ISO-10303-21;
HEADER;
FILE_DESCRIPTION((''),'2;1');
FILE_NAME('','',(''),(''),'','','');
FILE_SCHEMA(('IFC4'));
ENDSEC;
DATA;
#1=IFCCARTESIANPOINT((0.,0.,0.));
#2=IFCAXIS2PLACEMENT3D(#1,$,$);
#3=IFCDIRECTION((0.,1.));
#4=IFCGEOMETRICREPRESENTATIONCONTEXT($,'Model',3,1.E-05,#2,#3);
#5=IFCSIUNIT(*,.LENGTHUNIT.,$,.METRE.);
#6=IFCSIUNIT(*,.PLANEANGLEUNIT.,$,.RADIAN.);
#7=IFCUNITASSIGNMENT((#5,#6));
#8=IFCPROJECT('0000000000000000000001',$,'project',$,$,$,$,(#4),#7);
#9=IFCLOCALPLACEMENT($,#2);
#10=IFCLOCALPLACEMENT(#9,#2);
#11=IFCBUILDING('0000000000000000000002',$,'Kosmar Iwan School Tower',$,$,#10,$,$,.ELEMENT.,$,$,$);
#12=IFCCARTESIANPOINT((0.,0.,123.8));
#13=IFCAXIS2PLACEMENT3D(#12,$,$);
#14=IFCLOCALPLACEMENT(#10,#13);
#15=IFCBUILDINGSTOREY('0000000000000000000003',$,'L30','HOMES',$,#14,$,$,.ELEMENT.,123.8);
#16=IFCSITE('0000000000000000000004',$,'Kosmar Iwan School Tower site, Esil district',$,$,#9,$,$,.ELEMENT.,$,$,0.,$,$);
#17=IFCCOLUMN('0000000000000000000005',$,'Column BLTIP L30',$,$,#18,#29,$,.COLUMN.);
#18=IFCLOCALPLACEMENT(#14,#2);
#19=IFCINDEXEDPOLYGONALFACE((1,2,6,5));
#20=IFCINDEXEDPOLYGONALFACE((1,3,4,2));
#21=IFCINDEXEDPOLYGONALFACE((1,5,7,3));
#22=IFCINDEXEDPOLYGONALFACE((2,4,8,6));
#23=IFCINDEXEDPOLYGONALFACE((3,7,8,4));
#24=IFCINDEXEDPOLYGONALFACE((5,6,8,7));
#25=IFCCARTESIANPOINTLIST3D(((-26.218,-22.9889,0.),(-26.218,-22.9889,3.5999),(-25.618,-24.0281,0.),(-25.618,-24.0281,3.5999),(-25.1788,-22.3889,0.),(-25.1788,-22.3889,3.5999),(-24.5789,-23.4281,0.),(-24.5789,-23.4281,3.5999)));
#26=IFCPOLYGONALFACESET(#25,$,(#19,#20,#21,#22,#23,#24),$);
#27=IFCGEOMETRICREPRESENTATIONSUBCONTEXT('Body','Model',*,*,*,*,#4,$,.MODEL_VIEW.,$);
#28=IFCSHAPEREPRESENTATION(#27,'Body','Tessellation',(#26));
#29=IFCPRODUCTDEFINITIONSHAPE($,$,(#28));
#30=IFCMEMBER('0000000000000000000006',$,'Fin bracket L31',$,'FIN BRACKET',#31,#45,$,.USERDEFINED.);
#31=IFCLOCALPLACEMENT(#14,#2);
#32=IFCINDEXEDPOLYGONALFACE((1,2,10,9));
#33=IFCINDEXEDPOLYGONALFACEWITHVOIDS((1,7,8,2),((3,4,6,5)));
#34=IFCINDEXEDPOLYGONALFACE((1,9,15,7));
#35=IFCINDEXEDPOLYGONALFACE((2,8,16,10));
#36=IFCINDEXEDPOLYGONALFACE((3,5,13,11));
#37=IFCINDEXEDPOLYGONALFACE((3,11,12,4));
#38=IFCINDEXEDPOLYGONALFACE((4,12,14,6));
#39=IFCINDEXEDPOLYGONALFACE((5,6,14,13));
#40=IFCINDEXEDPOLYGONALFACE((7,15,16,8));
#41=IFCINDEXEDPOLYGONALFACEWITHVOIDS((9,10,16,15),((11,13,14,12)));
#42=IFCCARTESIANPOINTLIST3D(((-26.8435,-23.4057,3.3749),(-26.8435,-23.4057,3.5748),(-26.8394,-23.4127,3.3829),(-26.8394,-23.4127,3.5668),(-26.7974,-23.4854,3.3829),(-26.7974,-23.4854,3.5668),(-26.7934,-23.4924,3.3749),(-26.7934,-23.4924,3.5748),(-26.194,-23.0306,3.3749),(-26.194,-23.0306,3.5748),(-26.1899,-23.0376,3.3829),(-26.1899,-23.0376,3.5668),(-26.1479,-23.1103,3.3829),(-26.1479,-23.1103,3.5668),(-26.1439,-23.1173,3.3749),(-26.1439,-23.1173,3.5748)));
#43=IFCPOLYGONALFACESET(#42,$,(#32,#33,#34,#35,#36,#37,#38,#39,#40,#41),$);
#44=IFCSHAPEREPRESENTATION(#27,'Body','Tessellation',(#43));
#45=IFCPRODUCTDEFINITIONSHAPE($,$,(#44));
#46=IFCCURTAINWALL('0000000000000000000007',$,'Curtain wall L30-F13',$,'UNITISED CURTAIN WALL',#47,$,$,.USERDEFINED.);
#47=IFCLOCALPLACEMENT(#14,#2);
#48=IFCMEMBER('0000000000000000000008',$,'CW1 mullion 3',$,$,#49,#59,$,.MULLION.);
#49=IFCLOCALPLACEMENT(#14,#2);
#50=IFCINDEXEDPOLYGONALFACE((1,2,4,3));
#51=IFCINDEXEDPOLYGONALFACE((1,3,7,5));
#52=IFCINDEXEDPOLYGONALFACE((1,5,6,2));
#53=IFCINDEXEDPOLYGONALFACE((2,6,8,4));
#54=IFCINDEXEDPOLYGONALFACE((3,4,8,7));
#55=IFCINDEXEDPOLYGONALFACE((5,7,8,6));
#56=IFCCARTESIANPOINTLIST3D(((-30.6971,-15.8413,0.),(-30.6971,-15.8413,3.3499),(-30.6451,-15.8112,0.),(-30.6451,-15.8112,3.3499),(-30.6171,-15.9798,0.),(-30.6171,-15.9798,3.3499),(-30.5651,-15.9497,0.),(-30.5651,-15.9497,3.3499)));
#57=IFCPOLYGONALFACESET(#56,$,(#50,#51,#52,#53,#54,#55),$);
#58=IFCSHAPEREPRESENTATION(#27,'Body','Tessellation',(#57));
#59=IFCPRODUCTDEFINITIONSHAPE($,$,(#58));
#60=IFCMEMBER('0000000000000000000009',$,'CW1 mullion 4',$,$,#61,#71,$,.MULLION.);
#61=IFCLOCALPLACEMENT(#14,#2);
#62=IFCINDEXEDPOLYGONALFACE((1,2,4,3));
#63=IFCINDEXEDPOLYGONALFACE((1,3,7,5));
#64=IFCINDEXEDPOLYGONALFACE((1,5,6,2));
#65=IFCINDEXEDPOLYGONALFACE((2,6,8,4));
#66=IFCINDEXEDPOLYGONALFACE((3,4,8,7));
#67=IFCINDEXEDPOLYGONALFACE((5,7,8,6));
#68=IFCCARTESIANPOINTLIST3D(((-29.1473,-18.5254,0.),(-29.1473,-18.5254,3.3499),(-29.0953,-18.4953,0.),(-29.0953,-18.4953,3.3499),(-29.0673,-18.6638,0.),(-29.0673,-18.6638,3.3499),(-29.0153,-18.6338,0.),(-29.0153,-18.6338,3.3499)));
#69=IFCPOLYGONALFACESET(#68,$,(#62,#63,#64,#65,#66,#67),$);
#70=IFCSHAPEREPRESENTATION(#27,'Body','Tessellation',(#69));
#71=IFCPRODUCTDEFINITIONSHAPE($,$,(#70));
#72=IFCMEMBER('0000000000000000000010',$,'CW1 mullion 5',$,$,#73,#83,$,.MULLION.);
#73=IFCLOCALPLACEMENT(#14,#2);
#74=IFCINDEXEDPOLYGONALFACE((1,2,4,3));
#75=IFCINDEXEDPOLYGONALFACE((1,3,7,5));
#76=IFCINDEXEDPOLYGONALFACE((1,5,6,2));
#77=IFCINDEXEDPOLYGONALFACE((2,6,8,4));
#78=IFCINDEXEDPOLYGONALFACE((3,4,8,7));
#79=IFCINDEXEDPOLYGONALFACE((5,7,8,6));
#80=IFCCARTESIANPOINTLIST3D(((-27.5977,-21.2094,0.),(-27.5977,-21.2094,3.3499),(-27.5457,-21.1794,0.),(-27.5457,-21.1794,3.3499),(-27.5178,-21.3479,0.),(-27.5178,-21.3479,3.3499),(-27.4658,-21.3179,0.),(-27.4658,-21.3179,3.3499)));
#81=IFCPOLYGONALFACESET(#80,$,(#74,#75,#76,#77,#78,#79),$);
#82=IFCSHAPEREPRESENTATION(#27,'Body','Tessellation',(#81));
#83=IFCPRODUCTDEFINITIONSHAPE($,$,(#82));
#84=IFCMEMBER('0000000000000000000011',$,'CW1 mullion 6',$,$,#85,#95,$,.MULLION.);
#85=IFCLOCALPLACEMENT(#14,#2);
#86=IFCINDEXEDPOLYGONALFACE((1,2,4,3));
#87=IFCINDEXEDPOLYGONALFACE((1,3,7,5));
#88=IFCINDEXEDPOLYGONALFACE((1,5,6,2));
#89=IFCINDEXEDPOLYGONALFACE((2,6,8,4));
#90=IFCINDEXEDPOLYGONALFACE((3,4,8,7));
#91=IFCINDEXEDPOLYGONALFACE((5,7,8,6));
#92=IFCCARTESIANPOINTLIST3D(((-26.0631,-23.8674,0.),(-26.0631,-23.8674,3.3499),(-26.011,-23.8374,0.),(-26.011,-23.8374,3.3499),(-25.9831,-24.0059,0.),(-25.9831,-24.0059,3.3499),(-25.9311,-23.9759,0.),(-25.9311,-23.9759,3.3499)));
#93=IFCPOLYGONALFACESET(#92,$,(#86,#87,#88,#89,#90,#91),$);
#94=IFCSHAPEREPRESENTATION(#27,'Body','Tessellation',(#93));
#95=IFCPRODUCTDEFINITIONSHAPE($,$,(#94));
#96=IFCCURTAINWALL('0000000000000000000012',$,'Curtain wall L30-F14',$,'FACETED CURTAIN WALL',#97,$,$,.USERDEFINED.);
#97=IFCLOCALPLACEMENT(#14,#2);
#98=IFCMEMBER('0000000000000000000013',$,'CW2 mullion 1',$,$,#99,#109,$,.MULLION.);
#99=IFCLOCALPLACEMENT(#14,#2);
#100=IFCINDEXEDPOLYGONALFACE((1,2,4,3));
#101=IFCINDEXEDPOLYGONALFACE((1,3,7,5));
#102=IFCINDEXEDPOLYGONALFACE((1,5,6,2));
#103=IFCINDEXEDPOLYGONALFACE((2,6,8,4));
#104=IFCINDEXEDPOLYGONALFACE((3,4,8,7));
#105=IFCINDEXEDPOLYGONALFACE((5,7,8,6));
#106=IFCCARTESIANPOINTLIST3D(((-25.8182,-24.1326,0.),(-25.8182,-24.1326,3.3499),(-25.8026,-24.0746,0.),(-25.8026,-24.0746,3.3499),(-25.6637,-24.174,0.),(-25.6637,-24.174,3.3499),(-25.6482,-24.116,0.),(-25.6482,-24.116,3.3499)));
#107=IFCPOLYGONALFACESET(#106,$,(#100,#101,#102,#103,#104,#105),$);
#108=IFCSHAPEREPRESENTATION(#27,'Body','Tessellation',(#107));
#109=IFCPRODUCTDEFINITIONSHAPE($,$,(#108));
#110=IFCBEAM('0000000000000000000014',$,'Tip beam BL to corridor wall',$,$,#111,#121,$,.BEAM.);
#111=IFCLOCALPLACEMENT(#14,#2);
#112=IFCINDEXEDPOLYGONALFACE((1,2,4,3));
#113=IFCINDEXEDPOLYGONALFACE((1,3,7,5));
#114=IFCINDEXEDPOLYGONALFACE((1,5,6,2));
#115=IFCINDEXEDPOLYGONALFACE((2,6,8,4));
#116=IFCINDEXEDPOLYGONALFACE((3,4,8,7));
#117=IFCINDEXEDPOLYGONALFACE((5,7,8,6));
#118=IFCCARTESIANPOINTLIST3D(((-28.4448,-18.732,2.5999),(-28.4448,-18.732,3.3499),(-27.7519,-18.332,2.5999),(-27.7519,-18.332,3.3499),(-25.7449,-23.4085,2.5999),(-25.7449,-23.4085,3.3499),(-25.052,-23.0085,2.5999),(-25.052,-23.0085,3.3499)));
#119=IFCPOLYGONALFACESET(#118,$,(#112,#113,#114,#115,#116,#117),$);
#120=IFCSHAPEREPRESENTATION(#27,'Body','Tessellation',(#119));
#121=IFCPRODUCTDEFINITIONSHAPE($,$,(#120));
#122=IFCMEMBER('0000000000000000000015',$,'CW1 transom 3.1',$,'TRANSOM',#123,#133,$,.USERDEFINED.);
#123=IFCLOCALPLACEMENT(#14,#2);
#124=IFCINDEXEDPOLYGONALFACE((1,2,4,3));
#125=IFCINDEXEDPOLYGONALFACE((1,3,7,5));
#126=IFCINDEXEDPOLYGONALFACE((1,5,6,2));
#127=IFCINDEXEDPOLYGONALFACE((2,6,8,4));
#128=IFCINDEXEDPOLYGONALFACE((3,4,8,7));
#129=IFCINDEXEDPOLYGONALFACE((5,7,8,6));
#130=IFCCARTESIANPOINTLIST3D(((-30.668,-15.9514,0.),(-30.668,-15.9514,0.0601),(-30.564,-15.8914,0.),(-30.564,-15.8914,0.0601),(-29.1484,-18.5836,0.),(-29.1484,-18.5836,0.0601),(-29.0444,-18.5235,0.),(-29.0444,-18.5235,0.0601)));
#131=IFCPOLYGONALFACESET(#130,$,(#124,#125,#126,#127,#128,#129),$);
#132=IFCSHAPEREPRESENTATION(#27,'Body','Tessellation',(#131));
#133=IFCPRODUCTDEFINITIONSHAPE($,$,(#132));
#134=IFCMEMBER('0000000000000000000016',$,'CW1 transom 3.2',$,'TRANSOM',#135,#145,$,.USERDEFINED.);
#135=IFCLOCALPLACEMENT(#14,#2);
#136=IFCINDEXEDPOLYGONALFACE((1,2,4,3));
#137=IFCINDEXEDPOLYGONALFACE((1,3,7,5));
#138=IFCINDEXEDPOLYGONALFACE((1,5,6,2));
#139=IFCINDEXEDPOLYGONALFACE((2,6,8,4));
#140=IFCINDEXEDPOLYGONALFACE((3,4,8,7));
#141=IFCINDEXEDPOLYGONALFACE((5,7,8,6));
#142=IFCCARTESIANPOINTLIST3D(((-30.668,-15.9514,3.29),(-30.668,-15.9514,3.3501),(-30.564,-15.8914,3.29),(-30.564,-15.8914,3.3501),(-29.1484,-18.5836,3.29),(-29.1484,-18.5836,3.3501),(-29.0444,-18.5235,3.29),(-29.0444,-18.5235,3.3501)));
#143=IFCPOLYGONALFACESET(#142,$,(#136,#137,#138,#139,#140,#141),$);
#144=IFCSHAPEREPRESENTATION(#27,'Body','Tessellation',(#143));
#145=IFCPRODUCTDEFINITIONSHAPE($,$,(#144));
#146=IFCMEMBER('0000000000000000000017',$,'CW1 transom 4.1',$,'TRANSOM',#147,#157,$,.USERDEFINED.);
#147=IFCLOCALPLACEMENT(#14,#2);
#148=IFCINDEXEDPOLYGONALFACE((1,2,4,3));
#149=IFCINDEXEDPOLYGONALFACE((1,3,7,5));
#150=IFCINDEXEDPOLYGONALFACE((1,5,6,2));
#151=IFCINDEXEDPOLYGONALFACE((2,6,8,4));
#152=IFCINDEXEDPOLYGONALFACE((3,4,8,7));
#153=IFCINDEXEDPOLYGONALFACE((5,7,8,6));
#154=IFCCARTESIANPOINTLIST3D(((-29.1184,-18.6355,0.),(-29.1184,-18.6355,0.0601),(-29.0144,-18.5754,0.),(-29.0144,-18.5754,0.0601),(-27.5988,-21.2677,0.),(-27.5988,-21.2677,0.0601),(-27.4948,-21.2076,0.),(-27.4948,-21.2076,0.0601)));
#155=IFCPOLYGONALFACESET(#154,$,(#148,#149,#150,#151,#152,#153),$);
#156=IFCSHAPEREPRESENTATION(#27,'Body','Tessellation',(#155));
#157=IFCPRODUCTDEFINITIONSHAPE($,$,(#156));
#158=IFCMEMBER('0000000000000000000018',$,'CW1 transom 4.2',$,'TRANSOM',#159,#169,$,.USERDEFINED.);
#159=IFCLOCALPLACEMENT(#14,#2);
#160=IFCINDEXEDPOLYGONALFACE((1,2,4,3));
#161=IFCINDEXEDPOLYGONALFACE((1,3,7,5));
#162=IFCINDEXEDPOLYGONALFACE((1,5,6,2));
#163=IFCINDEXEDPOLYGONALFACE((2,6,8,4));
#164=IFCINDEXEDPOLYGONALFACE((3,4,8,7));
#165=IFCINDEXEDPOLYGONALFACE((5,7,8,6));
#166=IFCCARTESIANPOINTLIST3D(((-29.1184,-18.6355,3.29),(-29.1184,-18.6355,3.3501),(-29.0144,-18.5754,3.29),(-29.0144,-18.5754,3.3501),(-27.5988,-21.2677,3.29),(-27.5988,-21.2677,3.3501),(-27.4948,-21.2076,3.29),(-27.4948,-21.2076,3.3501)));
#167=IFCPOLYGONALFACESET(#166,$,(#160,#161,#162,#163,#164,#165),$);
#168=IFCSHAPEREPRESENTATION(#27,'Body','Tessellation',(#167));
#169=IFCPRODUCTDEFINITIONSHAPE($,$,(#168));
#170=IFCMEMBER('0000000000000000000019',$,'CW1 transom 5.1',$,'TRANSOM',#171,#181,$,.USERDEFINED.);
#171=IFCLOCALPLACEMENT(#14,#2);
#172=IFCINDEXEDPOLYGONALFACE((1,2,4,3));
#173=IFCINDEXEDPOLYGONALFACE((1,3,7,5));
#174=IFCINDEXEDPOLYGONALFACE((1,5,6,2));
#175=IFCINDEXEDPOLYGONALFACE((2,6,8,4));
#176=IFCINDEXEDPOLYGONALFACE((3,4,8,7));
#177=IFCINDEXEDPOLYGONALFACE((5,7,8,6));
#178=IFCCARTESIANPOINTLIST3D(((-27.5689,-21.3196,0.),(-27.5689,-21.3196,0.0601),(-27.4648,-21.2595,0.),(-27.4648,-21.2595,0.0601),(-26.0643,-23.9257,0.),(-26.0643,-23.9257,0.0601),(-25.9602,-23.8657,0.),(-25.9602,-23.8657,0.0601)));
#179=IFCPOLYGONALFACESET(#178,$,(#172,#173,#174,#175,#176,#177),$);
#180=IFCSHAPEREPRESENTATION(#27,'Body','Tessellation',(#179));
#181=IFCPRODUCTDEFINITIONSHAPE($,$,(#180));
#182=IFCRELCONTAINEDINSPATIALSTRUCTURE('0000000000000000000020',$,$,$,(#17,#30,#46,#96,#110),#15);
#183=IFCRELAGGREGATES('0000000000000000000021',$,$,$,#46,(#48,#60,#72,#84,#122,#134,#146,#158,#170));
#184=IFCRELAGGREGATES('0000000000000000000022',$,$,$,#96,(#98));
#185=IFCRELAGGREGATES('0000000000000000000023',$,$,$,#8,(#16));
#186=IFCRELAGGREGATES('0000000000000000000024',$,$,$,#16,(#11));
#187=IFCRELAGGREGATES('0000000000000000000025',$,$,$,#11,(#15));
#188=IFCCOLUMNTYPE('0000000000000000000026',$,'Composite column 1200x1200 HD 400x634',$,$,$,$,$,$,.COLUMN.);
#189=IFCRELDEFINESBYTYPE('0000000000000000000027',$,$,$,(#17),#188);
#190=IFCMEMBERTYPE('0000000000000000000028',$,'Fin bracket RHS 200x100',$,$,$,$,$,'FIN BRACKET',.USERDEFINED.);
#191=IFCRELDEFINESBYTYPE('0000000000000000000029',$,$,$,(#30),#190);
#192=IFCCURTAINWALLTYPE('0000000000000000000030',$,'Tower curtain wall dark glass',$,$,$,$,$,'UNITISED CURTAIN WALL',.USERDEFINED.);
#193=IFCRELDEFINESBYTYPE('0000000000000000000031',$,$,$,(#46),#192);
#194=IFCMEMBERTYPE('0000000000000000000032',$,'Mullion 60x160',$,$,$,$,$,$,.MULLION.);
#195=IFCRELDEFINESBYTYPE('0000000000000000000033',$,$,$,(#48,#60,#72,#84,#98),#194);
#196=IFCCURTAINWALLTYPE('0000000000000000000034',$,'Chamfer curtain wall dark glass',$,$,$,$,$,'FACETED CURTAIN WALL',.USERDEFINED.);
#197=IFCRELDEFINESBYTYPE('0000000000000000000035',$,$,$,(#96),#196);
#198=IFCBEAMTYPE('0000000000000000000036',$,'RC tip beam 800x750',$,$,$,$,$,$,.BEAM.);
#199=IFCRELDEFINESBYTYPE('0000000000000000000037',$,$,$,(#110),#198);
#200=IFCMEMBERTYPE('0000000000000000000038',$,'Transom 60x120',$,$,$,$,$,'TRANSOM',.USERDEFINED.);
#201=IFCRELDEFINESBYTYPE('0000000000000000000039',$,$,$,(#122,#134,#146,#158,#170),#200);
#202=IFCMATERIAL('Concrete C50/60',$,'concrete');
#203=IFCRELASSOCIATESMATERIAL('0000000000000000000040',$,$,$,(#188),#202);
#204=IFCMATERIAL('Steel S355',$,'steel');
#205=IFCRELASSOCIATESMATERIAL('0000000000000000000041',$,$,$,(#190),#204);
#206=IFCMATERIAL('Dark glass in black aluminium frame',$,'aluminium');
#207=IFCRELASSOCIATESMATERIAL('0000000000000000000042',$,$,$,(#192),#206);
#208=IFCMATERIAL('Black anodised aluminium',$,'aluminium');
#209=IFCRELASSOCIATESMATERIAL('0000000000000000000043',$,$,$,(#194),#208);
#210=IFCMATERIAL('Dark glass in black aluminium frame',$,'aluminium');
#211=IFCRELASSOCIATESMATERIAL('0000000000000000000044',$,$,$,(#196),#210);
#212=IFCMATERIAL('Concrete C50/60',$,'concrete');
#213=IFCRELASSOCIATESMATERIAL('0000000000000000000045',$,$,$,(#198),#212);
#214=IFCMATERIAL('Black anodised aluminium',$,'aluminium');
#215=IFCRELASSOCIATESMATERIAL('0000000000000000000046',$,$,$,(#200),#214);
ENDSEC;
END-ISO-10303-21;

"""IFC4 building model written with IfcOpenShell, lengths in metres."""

from ifc_helpers import new_model, si_unit, direction, frame, origin, origin_2d, place, context, subcontext, project, spatial, rectangle, hollow_rectangle, extrude, material, material_profile, profile_set, type_object, element, aggregate, save


model = new_model("IFC4")

# Units and contexts
model_context = context("Model", 3, precision=1e-05, world=origin(), true_north=direction((0.0, 1.0)))
body_context = subcontext(model_context, "Body", "Model", "MODEL_VIEW")
ifc_project = project(units=[si_unit("LENGTHUNIT", "METRE"), si_unit("PLANEANGLEUNIT", "RADIAN")], contexts=[model_context])

# Site, building, storey
site_placement = place(None, origin())
site = spatial("IfcSite", under=ifc_project, at=site_placement, Name="Kosmar Iwan School Tower site, Esil district", CompositionType="ELEMENT", RefElevation=0.0)
building_placement = place(site_placement, origin())
building = spatial("IfcBuilding", under=site, at=building_placement, Name="Kosmar Iwan School Tower", CompositionType="ELEMENT")
storey_placement = place(building_placement, frame((0.0, 0.0, 123.8)))
storey = spatial("IfcBuildingStorey", under=building, at=storey_placement, Name="L30", Description="HOMES", CompositionType="ELEMENT", Elevation=123.8)

# Column
ifc_material_1 = material(Name="Concrete C50/60", Category="concrete")
ifc_material_profile_1 = material_profile(ifc_material_1, rectangle(XDim=1.2, YDim=1.2, at=origin_2d()), Name="RC 1200x1200 + HD 400x634")
ifc_profile_set_1 = profile_set([ifc_material_profile_1], Name="Concrete C50/60")
column_type = type_object("IfcColumnType", Name="Composite column 1200x1200 HD 400x634", PredefinedType="COLUMN", material=ifc_profile_set_1)
column_placement = place(storey_placement, frame((-25.3984, -23.2085, 0.0), z_axis=(0.0, 0.0, 1.0), x_axis=(-0.866025, -0.5, 0.0)))
element("IfcColumn", 1, at=column_placement, inside=storey, type_object=column_type, Name="Column BLTIP L30", PredefinedType="COLUMN", context=body_context, shape_type="SweptSolid", body=[
    extrude(rectangle(XDim=1.2, YDim=1.2, at=origin_2d()), origin(), (0.0, 0.0, 1.0), 3.5999),
])

# Member
ifc_material_2 = material(Name="Steel S355", Category="steel")
ifc_material_profile_2 = material_profile(ifc_material_2, hollow_rectangle(XDim=0.1001, YDim=0.2, WallThickness=0.0081, at=origin_2d()), Name="RHS 200x100x8")
ifc_profile_set_2 = profile_set([ifc_material_profile_2], Name="Steel S355")
member_type_1 = type_object("IfcMemberType", Name="Fin bracket RHS 200x100", ElementType="FIN BRACKET", PredefinedType="USERDEFINED", material=ifc_profile_set_2)
member_1_placement = place(storey_placement, frame((-26.1689, -23.074, 3.4749), z_axis=(-0.86599, -0.500061, 0.0), x_axis=(0.500061, -0.86599, 0.0)))
element("IfcMember", 2, at=member_1_placement, inside=storey, type_object=member_type_1, Name="Fin bracket L31", ObjectType="FIN BRACKET", PredefinedType="USERDEFINED", context=body_context, shape_type="SweptSolid", body=[
    extrude(hollow_rectangle(XDim=0.1001, YDim=0.2, WallThickness=0.0081, at=origin_2d()), origin(), (0.0, 0.0, 1.0), 0.75),
])

# Curtain wall, members
ifc_material_3 = material(Name="Dark glass in black aluminium frame", Category="aluminium")
curtain_wall_type_1 = type_object("IfcCurtainWallType", Name="Tower curtain wall dark glass", ElementType="UNITISED CURTAIN WALL", PredefinedType="USERDEFINED", material=ifc_material_3)
curtain_wall_1_placement = place(storey_placement, origin())
curtain_wall_1 = element("IfcCurtainWall", 3, at=curtain_wall_1_placement, inside=storey, type_object=curtain_wall_type_1, Name="Curtain wall L30-F13", ObjectType="UNITISED CURTAIN WALL", PredefinedType="USERDEFINED")
ifc_material_4 = material(Name="Black anodised aluminium", Category="aluminium")
ifc_material_profile_3 = material_profile(ifc_material_4, rectangle(XDim=0.0601, YDim=0.1599, at=origin_2d()), Name="MULLION 60x160")
ifc_profile_set_3 = profile_set([ifc_material_profile_3], Name="Black anodised aluminium")
member_type_2 = type_object("IfcMemberType", Name="Mullion 60x160", PredefinedType="MULLION", material=ifc_profile_set_3)
member_2_placement = place(storey_placement, frame((-30.6311, -15.8955, 0.0), z_axis=(0.0, 0.0, 1.0), x_axis=(0.866025, 0.5, 0.0)))
member_2 = element("IfcMember", 4, at=member_2_placement, type_object=member_type_2, Name="CW1 mullion 3", PredefinedType="MULLION", context=body_context, shape_type="SweptSolid", body=[
    extrude(rectangle(XDim=0.0601, YDim=0.1599, at=origin_2d()), origin(), (0.0, 0.0, 1.0), 3.3499),
])
member_3_placement = place(storey_placement, frame((-29.0813, -18.5796, 0.0), z_axis=(0.0, 0.0, 1.0), x_axis=(0.866025, 0.5, 0.0)))
member_3 = element("IfcMember", 5, at=member_3_placement, type_object=member_type_2, Name="CW1 mullion 4", PredefinedType="MULLION", context=body_context, shape_type="SweptSolid", body=[
    extrude(rectangle(XDim=0.0601, YDim=0.1599, at=origin_2d()), origin(), (0.0, 0.0, 1.0), 3.3499),
])
member_4_placement = place(storey_placement, frame((-27.5317, -21.2637, 0.0), z_axis=(0.0, 0.0, 1.0), x_axis=(0.866025, 0.5, 0.0)))
member_4 = element("IfcMember", 6, at=member_4_placement, type_object=member_type_2, Name="CW1 mullion 5", PredefinedType="MULLION", context=body_context, shape_type="SweptSolid", body=[
    extrude(rectangle(XDim=0.0601, YDim=0.1599, at=origin_2d()), origin(), (0.0, 0.0, 1.0), 3.3499),
])
member_5_placement = place(storey_placement, frame((-25.9971, -23.9216, 0.0), z_axis=(0.0, 0.0, 1.0), x_axis=(0.866025, 0.5, 0.0)))
member_5 = element("IfcMember", 7, at=member_5_placement, type_object=member_type_2, Name="CW1 mullion 6", PredefinedType="MULLION", context=body_context, shape_type="SweptSolid", body=[
    extrude(rectangle(XDim=0.0601, YDim=0.1599, at=origin_2d()), origin(), (0.0, 0.0, 1.0), 3.3499),
])

# Curtain wall, member
ifc_material_5 = material(Name="Dark glass in black aluminium frame", Category="aluminium")
curtain_wall_type_2 = type_object("IfcCurtainWallType", Name="Chamfer curtain wall dark glass", ElementType="FACETED CURTAIN WALL", PredefinedType="USERDEFINED", material=ifc_material_5)
curtain_wall_2_placement = place(storey_placement, origin())
curtain_wall_2 = element("IfcCurtainWall", 8, at=curtain_wall_2_placement, inside=storey, type_object=curtain_wall_type_2, Name="Curtain wall L30-F14", ObjectType="FACETED CURTAIN WALL", PredefinedType="USERDEFINED")
member_6_placement = place(storey_placement, frame((-25.7332, -24.1243, 0.0), z_axis=(0.0, 0.0, 1.0), x_axis=(0.258819, 0.965926, 0.0)))
member_6 = element("IfcMember", 9, at=member_6_placement, type_object=member_type_2, Name="CW2 mullion 1", PredefinedType="MULLION", context=body_context, shape_type="SweptSolid", body=[
    extrude(rectangle(XDim=0.0601, YDim=0.1599, at=origin_2d()), origin(), (0.0, 0.0, 1.0), 3.3499),
])

# Beam
ifc_material_6 = material(Name="Concrete C50/60", Category="concrete")
ifc_material_profile_4 = material_profile(ifc_material_6, rectangle(XDim=0.8, YDim=0.75, at=origin_2d()), Name="RC 800x750")
ifc_profile_set_4 = profile_set([ifc_material_profile_4], Name="Concrete C50/60")
beam_type = type_object("IfcBeamType", Name="RC tip beam 800x750", PredefinedType="BEAM", material=ifc_profile_set_4)
beam_placement = place(storey_placement, frame((-25.3984, -23.2085, 2.9749), z_axis=(-0.499995, 0.866028, 0.0), x_axis=(-0.866028, -0.499995, 0.0)))
element("IfcBeam", 10, at=beam_placement, inside=storey, type_object=beam_type, Name="Tip beam BL to corridor wall", PredefinedType="BEAM", context=body_context, shape_type="SweptSolid", body=[
    extrude(rectangle(XDim=0.8, YDim=0.75, at=origin_2d()), origin(), (0.0, 0.0, 1.0), 5.3999),
])

# Members
ifc_material_7 = material(Name="Black anodised aluminium", Category="aluminium")
ifc_material_profile_5 = material_profile(ifc_material_7, rectangle(XDim=0.1201, YDim=0.0601, at=origin_2d()), Name="TRANSOM 60x120")
ifc_profile_set_5 = profile_set([ifc_material_profile_5], Name="Black anodised aluminium")
member_type_3 = type_object("IfcMemberType", Name="Transom 60x120", ElementType="TRANSOM", PredefinedType="USERDEFINED", material=ifc_profile_set_5)
member_7_placement = place(storey_placement, frame((-30.616, -15.9214, 0.03), z_axis=(0.499975, -0.86604, 0.0), x_axis=(0.86604, 0.499975, 0.0)))
member_7 = element("IfcMember", 11, at=member_7_placement, type_object=member_type_3, Name="CW1 transom 3.1", ObjectType="TRANSOM", PredefinedType="USERDEFINED", context=body_context, shape_type="SweptSolid", body=[
    extrude(rectangle(XDim=0.1201, YDim=0.0601, at=origin_2d()), origin(), (0.0, 0.0, 1.0), 3.0393),
])
member_8_placement = place(storey_placement, frame((-30.616, -15.9214, 3.3201), z_axis=(0.499975, -0.86604, 0.0), x_axis=(0.86604, 0.499975, 0.0)))
member_8 = element("IfcMember", 12, at=member_8_placement, type_object=member_type_3, Name="CW1 transom 3.2", ObjectType="TRANSOM", PredefinedType="USERDEFINED", context=body_context, shape_type="SweptSolid", body=[
    extrude(rectangle(XDim=0.1201, YDim=0.0601, at=origin_2d()), origin(), (0.0, 0.0, 1.0), 3.0393),
])
member_9_placement = place(storey_placement, frame((-29.0664, -18.6055, 0.03), z_axis=(0.499975, -0.86604, 0.0), x_axis=(0.86604, 0.499975, 0.0)))
member_9 = element("IfcMember", 13, at=member_9_placement, type_object=member_type_3, Name="CW1 transom 4.1", ObjectType="TRANSOM", PredefinedType="USERDEFINED", context=body_context, shape_type="SweptSolid", body=[
    extrude(rectangle(XDim=0.1201, YDim=0.0601, at=origin_2d()), origin(), (0.0, 0.0, 1.0), 3.0393),
])
member_10_placement = place(storey_placement, frame((-29.0664, -18.6055, 3.3201), z_axis=(0.499975, -0.86604, 0.0), x_axis=(0.86604, 0.499975, 0.0)))
member_10 = element("IfcMember", 14, at=member_10_placement, type_object=member_type_3, Name="CW1 transom 4.2", ObjectType="TRANSOM", PredefinedType="USERDEFINED", context=body_context, shape_type="SweptSolid", body=[
    extrude(rectangle(XDim=0.1201, YDim=0.0601, at=origin_2d()), origin(), (0.0, 0.0, 1.0), 3.0393),
])
member_11_placement = place(storey_placement, frame((-27.5168, -21.2896, 0.03), z_axis=(0.499987, -0.866033, 0.0), x_axis=(0.866033, 0.499987, 0.0)))
member_11 = element("IfcMember", 15, at=member_11_placement, type_object=member_type_3, Name="CW1 transom 5.1", ObjectType="TRANSOM", PredefinedType="USERDEFINED", context=body_context, shape_type="SweptSolid", body=[
    extrude(rectangle(XDim=0.1201, YDim=0.0601, at=origin_2d()), origin(), (0.0, 0.0, 1.0), 3.0093),
])

aggregate(curtain_wall_1, [member_2, member_3, member_4, member_5, member_7, member_8, member_9, member_10, member_11])
aggregate(curtain_wall_2, [member_6])

save(model, "model.ifc")
